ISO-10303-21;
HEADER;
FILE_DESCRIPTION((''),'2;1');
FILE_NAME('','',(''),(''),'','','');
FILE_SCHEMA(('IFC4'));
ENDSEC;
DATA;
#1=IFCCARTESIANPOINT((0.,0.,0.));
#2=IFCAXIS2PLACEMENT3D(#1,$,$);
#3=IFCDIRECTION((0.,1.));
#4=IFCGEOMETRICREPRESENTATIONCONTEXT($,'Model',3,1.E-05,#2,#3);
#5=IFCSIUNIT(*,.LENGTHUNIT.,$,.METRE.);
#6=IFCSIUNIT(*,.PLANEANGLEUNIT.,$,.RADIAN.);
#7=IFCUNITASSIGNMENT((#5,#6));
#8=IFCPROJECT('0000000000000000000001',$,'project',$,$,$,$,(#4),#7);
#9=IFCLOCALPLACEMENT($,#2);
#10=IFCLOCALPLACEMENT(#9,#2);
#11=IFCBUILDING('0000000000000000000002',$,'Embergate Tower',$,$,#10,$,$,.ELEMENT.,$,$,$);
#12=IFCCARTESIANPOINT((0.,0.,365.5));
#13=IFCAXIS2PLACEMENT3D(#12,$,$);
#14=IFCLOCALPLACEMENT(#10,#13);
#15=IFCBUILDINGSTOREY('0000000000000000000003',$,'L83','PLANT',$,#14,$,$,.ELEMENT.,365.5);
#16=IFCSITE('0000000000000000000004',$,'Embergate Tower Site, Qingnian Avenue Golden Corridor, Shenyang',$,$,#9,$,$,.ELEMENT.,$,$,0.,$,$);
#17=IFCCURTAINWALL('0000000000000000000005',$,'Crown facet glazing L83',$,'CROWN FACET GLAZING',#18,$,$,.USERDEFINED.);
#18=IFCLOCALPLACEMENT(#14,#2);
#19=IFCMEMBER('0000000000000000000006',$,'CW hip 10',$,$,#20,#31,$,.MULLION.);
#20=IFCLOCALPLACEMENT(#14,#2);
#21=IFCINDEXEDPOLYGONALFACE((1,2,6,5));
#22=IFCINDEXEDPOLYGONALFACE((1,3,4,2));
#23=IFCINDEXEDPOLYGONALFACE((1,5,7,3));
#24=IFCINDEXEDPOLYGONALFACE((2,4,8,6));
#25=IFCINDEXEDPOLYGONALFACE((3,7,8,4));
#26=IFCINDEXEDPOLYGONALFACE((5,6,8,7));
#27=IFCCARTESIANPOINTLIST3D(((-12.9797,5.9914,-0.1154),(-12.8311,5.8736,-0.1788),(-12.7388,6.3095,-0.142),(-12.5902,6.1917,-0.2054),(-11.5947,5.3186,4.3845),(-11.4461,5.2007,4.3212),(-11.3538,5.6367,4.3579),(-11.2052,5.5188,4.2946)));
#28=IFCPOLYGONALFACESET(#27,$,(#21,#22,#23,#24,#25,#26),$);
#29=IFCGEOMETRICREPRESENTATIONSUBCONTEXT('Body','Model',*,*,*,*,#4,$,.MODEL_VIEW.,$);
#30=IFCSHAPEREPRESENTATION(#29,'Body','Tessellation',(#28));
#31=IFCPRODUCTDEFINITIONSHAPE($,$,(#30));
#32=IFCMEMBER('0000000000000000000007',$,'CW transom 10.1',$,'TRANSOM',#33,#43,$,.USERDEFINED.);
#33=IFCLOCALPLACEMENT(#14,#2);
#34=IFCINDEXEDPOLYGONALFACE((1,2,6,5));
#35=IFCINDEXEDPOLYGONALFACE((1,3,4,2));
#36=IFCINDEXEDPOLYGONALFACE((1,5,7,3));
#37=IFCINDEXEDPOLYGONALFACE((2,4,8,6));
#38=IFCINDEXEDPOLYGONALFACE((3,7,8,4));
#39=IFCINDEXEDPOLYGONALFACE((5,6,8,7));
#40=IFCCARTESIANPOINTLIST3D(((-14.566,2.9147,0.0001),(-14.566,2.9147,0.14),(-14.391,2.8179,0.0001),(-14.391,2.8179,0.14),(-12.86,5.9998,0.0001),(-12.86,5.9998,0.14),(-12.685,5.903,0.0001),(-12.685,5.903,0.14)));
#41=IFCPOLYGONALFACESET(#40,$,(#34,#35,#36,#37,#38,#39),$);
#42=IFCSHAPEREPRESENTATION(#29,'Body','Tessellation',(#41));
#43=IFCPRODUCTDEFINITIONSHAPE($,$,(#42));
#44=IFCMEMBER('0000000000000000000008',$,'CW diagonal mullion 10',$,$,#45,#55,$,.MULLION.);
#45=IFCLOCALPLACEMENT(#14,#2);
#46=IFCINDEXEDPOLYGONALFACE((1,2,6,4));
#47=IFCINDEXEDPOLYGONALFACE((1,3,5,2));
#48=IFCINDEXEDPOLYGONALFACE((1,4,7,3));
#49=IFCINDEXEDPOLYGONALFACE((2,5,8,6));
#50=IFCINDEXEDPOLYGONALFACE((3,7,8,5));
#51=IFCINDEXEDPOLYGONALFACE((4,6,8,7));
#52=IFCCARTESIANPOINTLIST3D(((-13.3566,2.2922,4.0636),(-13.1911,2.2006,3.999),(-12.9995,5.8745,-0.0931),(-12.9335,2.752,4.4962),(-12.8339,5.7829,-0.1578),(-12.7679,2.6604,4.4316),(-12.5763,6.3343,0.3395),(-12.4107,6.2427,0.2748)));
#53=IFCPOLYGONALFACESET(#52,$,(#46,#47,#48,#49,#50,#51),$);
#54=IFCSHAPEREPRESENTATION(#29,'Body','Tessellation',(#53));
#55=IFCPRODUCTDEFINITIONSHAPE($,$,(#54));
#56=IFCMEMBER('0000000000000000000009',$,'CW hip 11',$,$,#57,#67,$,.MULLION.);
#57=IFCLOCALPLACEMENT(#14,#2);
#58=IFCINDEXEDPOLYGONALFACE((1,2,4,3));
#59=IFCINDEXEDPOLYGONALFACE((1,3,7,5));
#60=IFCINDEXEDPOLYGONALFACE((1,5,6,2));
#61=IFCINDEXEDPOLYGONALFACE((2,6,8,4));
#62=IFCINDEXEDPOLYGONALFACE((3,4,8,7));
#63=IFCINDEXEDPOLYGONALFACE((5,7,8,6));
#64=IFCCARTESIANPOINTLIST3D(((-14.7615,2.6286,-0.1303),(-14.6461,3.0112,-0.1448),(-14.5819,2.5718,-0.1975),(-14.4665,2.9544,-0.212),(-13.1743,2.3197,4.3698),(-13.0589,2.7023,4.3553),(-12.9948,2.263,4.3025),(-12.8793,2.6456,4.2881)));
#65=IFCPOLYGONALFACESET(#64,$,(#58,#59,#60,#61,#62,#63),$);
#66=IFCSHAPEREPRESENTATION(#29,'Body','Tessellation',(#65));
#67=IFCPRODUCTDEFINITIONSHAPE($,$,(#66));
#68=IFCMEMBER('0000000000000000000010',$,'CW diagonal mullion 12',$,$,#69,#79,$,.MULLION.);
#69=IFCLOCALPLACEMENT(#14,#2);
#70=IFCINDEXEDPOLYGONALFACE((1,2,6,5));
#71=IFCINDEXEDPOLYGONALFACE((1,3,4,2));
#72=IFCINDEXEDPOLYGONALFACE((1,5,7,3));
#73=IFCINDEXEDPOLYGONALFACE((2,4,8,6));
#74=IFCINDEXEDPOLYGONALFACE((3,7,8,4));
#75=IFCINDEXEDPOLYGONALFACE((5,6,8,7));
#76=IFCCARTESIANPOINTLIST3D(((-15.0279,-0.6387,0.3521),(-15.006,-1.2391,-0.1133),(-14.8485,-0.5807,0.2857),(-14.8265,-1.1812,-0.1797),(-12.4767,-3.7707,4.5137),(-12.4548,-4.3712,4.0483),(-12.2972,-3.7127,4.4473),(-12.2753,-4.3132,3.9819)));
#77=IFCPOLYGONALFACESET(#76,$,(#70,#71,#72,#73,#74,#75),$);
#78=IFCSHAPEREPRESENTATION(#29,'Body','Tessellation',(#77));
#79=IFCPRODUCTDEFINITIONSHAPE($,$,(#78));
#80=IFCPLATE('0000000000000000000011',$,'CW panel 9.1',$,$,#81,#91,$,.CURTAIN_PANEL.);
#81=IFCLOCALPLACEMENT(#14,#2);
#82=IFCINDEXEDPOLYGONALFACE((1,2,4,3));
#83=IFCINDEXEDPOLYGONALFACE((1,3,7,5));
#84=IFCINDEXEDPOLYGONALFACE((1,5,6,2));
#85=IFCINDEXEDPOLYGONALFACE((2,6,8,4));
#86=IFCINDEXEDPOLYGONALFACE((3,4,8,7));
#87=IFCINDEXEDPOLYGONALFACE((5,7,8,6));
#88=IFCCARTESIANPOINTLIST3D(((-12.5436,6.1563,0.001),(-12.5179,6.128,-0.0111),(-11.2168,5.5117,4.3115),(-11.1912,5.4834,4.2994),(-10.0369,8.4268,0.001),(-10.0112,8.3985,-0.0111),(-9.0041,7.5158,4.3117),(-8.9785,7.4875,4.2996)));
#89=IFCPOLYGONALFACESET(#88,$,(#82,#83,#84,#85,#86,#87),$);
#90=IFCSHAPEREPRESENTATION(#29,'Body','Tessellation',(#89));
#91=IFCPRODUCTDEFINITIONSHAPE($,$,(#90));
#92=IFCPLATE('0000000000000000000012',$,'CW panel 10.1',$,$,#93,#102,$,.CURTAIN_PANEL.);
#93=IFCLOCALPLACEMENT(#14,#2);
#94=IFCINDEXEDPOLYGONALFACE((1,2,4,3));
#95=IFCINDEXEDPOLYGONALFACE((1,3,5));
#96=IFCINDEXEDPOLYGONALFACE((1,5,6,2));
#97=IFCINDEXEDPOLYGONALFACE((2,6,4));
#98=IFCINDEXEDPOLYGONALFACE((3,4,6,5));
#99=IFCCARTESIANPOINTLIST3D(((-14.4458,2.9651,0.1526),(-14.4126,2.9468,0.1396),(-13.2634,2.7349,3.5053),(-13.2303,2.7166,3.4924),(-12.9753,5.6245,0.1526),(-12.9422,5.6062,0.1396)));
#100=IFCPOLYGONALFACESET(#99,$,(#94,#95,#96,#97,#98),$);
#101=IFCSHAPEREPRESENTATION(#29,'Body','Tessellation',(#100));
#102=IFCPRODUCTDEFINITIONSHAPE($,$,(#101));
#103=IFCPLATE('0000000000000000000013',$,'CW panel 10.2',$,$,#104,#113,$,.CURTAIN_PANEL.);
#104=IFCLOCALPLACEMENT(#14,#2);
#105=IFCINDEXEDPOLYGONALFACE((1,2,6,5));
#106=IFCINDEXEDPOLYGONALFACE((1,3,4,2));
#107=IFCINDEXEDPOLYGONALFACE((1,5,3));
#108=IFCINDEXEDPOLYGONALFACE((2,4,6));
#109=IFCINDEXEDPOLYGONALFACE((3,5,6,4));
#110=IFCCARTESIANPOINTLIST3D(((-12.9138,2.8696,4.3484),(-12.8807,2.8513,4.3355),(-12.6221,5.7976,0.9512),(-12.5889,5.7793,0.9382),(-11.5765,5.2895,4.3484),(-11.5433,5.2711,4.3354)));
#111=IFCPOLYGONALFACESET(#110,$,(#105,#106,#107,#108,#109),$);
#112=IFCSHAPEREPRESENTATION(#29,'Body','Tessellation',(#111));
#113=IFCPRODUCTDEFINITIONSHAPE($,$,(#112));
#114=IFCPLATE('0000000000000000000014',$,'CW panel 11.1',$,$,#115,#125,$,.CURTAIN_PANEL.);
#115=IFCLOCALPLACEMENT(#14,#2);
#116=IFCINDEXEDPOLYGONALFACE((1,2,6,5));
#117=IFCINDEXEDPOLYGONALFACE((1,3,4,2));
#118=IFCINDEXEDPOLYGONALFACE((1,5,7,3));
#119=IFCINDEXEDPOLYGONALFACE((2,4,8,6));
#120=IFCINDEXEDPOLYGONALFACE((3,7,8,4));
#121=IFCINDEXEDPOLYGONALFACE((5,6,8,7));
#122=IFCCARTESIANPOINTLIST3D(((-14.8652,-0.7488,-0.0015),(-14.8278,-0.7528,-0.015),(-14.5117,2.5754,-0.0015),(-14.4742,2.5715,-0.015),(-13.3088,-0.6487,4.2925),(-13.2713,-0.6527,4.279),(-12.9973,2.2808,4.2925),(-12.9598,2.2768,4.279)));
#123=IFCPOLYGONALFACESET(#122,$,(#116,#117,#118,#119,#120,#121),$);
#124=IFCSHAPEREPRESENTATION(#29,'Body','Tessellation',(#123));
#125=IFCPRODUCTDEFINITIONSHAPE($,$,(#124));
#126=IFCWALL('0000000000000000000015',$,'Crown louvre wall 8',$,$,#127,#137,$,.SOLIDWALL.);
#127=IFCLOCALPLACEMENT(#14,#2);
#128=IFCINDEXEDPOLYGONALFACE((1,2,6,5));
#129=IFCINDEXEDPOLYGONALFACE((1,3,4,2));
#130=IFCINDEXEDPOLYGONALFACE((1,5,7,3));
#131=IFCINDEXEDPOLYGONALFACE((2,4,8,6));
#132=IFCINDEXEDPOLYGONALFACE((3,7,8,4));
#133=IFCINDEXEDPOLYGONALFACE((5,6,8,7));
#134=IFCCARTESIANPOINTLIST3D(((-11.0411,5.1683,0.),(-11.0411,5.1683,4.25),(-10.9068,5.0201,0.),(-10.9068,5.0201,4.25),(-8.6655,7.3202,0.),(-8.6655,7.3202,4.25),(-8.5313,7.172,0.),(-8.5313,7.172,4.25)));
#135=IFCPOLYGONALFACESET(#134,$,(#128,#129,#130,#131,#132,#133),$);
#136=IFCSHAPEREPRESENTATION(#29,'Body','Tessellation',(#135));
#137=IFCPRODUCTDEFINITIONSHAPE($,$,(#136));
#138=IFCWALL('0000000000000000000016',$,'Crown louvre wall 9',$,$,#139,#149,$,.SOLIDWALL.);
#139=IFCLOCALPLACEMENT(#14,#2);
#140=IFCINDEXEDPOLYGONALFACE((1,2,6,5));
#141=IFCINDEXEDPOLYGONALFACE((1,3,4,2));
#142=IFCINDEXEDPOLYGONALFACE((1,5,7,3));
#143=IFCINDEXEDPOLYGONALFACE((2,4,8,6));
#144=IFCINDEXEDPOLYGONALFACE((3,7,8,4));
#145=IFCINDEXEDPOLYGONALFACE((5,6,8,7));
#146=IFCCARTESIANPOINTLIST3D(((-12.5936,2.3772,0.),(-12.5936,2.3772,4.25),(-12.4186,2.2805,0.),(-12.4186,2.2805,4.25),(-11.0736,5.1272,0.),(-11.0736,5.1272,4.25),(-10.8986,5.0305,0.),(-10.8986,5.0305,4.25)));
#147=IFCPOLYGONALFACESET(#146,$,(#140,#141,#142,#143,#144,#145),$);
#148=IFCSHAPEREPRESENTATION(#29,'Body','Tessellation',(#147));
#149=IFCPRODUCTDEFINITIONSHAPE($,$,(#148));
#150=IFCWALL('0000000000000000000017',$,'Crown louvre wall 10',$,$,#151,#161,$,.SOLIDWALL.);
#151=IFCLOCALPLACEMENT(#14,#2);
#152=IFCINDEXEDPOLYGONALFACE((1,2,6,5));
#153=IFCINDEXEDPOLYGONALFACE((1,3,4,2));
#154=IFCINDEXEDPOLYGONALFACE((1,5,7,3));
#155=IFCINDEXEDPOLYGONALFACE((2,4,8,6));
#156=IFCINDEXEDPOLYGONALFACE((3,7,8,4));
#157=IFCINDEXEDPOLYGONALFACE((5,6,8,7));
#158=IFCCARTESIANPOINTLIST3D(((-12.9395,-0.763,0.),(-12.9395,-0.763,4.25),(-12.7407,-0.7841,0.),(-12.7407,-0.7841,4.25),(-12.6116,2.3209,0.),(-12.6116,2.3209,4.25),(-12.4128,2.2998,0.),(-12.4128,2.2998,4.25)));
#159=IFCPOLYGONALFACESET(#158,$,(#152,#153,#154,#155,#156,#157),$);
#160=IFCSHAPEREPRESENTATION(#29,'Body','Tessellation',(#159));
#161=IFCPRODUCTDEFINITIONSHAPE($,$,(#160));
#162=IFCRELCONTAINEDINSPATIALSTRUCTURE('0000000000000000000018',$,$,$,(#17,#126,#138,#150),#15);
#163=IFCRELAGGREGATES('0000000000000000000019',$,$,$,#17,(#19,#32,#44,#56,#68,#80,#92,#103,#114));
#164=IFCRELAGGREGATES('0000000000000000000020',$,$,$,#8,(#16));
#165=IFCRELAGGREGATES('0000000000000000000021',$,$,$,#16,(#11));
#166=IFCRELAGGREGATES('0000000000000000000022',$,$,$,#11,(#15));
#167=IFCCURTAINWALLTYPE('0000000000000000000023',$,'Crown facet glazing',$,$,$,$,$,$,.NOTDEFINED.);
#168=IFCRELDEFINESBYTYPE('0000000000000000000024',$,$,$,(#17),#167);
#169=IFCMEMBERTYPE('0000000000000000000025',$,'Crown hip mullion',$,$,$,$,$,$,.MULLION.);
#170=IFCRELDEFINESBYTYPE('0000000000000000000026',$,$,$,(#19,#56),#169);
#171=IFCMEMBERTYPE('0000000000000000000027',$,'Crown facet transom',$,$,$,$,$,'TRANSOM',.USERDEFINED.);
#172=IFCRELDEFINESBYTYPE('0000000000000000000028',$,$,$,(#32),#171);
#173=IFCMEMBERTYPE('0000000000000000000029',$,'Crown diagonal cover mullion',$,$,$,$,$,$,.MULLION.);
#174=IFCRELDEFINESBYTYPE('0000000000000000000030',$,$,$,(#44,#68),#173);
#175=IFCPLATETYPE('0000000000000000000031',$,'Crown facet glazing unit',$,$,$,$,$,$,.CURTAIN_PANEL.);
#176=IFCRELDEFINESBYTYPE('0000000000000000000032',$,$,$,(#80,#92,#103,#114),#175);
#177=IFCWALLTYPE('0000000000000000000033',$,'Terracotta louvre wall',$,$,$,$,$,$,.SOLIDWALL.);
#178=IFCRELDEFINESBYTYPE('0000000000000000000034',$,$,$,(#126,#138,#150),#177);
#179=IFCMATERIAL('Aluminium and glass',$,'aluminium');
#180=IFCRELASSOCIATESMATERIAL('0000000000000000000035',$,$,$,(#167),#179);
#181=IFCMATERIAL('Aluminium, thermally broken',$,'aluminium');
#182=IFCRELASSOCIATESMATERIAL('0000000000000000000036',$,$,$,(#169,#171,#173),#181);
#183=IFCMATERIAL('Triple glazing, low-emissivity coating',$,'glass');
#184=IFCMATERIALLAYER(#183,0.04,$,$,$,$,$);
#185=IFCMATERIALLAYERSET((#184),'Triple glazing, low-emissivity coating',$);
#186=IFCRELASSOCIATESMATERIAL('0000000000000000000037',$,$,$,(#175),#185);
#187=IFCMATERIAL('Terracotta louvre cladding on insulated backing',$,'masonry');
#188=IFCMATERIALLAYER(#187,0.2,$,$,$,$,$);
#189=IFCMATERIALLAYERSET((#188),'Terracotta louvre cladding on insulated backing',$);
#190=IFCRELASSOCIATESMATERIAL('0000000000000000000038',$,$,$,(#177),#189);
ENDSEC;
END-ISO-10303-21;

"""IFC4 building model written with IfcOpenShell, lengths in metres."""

from ifc_helpers import new_model, si_unit, direction, frame, frame_2d, origin, origin_2d, place, context, subcontext, project, spatial, polyline, rectangle, outline, extrude, source, transform, mapped, material, layer, layer_set, material_profile, profile_set, type_object, element, aggregate, save


model = new_model("IFC4")

# Units and contexts
model_context = context("Model", 3, precision=1e-05, world=origin(), true_north=direction((0.0, 1.0)))
body_context = subcontext(model_context, "Body", "Model", "MODEL_VIEW")
ifc_project = project(units=[si_unit("LENGTHUNIT", "METRE"), si_unit("PLANEANGLEUNIT", "RADIAN")], contexts=[model_context])

# Site, building, storey
site_placement = place(None, origin())
site = spatial("IfcSite", under=ifc_project, at=site_placement, Name="Embergate Tower Site, Qingnian Avenue Golden Corridor, Shenyang", CompositionType="ELEMENT", RefElevation=0.0)
building_placement = place(site_placement, origin())
building = spatial("IfcBuilding", under=site, at=building_placement, Name="Embergate Tower", CompositionType="ELEMENT")
storey_placement = place(building_placement, frame((0.0, 0.0, 365.5)))
storey = spatial("IfcBuildingStorey", under=building, at=storey_placement, Name="L83", Description="PLANT", CompositionType="ELEMENT", Elevation=365.5)

# Curtain wall, members, plates
ifc_material_1 = material(Name="Aluminium and glass", Category="aluminium")
curtain_wall_type = type_object("IfcCurtainWallType", Name="Crown facet glazing", PredefinedType="NOTDEFINED", material=ifc_material_1)
curtain_wall_placement = place(storey_placement, origin())
curtain_wall = element("IfcCurtainWall", 1, at=curtain_wall_placement, inside=storey, type_object=curtain_wall_type, Name="Crown facet glazing L83", ObjectType="CROWN FACET GLAZING", PredefinedType="USERDEFINED")
ifc_material_2 = material(Name="Aluminium, thermally broken", Category="aluminium")
ifc_material_profile_1 = material_profile(ifc_material_2, rectangle(XDim=0.2, YDim=0.3999, at=origin_2d()), Name="AL 400x200")
ifc_profile_set_1 = profile_set([ifc_material_profile_1], Name="Aluminium, thermally broken")
member_type_1 = type_object("IfcMemberType", Name="Crown hip mullion", PredefinedType="MULLION", material=ifc_profile_set_1)
shared_shape_1 = source(origin(), body_context, "Body", "SweptSolid", [
    extrude(rectangle(XDim=0.2, YDim=0.3999, at=origin_2d()), origin(), (0.0, 0.0, 1.0), 4.7561),
])
member_1_placement = place(storey_placement, frame((-12.7849, 6.0916, -0.1604), z_axis=(0.291204, -0.14147, 0.946143), x_axis=(-0.743159, 0.58934, 0.316849)))
member_1 = element("IfcMember", 2, at=member_1_placement, type_object=member_type_1, Name="CW hip 10", PredefinedType="MULLION", context=body_context, shape_type="MappedRepresentation", body=[
    mapped(shared_shape_1, transform((0.0, 0.0, 0.0))),
])
ifc_material_profile_2 = material_profile(ifc_material_2, rectangle(XDim=0.2, YDim=0.1399, at=origin_2d()), Name="AL 140x200")
ifc_profile_set_2 = profile_set([ifc_material_profile_2], Name="Aluminium, thermally broken")
member_type_2 = type_object("IfcMemberType", Name="Crown facet transom", ElementType="TRANSOM", PredefinedType="USERDEFINED", material=ifc_profile_set_2)
shared_shape_2 = source(origin(), body_context, "Body", "SweptSolid", [
    extrude(rectangle(XDim=0.2, YDim=0.1399, at=origin_2d()), origin(), (0.0, 0.0, 1.0), 3.5254),
])
member_2_placement = place(storey_placement, frame((-12.7725, 5.9514, 0.0701), z_axis=(-0.483919, -0.875113, 0.0), x_axis=(0.875113, -0.483919, 0.0)))
member_2 = element("IfcMember", 3, at=member_2_placement, type_object=member_type_2, Name="CW transom 10.1", ObjectType="TRANSOM", PredefinedType="USERDEFINED", context=body_context, shape_type="MappedRepresentation", body=[
    mapped(shared_shape_2, transform((0.0, 0.0, 0.0))),
])
ifc_material_profile_3 = material_profile(ifc_material_2, rectangle(XDim=0.2, YDim=0.76, at=origin_2d()), Name="AL 760x200")
ifc_profile_set_3 = profile_set([ifc_material_profile_3], Name="Aluminium, thermally broken")
member_type_3 = type_object("IfcMemberType", Name="Crown diagonal cover mullion", PredefinedType="MULLION", material=ifc_profile_set_3)
shared_shape_3 = source(origin(), body_context, "Body", "SweptSolid", [
    extrude(rectangle(XDim=0.2, YDim=0.76, at=origin_2d()), origin(), (0.0, 0.0, 1.0), 5.499),
])
member_3_placement = place(storey_placement, frame((-12.7051, 6.0586, 0.0908), z_axis=(-0.064953, -0.651444, 0.755911), x_axis=(-0.828102, 0.457864, 0.323431)))
member_3 = element("IfcMember", 4, at=member_3_placement, type_object=member_type_3, Name="CW diagonal mullion 10", PredefinedType="MULLION", context=body_context, shape_type="MappedRepresentation", body=[
    mapped(shared_shape_3, transform((0.0, 0.0, 0.0))),
])
shared_shape_4 = source(origin(), body_context, "Body", "SweptSolid", [
    extrude(rectangle(XDim=0.2, YDim=0.3999, at=origin_2d()), origin(), (0.0, 0.0, 1.0), 4.7817),
])
member_4_placement = place(storey_placement, frame((-14.614, 2.7915, -0.1711), z_axis=(0.331925, -0.064588, 0.941092), x_axis=(-0.898052, 0.283661, 0.336212)))
member_4 = element("IfcMember", 5, at=member_4_placement, type_object=member_type_1, Name="CW hip 11", PredefinedType="MULLION", context=body_context, shape_type="MappedRepresentation", body=[
    mapped(shared_shape_4, transform((0.0, 0.0, 0.0))),
])
shared_shape_5 = source(origin(), body_context, "Body", "SweptSolid", [
    extrude(rectangle(XDim=0.2, YDim=0.76, at=origin_2d()), origin(), (0.0, 0.0, 1.0), 5.7998),
])
member_5_placement = place(storey_placement, frame((-14.9272, -0.9099, 0.0862), z_axis=(0.439887, -0.54003, 0.717542), x_axis=(-0.897589, -0.290053, 0.331968)))
member_5 = element("IfcMember", 6, at=member_5_placement, type_object=member_type_3, Name="CW diagonal mullion 12", PredefinedType="MULLION", context=body_context, shape_type="MappedRepresentation", body=[
    mapped(shared_shape_5, transform((0.0, 0.0, 0.0))),
])
ifc_material_3 = material(Name="Triple glazing, low-emissivity coating", Category="glass")
ifc_layer_1 = layer(ifc_material_3, 0.04)
ifc_layer_set_1 = layer_set([ifc_layer_1], Name="Triple glazing, low-emissivity coating")
plate_type = type_object("IfcPlateType", Name="Crown facet glazing unit", PredefinedType="CURTAIN_PANEL", material=ifc_layer_set_1)
shared_shape_6 = source(origin(), body_context, "Body", "SweptSolid", [
    extrude(outline(polyline([(0.0, 0.0), (3.3821, 0.0), (2.8315, 4.5225), (-0.1538, 4.5227), (0.0, 0.0)])), origin(), (0.0, 0.0, -1.0), 0.04),
])
plate_1_placement = place(storey_placement, frame((-10.0369, 8.4268, 0.001), z_axis=(-0.639844, 0.70643, 0.302583), x_axis=(-0.741172, -0.671316, 0.000011)))
plate_1 = element("IfcPlate", 7, at=plate_1_placement, type_object=plate_type, Name="CW panel 9.1", PredefinedType="CURTAIN_PANEL", context=body_context, shape_type="MappedRepresentation", body=[
    mapped(shared_shape_6, transform((0.0, 0.0, 0.0))),
])
shared_shape_7 = source(origin(), body_context, "Body", "SweptSolid", [
    extrude(outline(polyline([(0.0, 0.0), (3.0388, 0.0), (2.6682, 3.5432), (0.0, 0.0)])), origin(), (0.0, 0.0, -1.0), 0.04),
])
plate_2_placement = place(storey_placement, frame((-12.9753, 5.6245, 0.1526), z_axis=(-0.828085, 0.457868, 0.323468), x_axis=(-0.483882, -0.875133, 0.0)))
plate_2 = element("IfcPlate", 8, at=plate_2_placement, type_object=plate_type, Name="CW panel 10.1", PredefinedType="CURTAIN_PANEL", context=body_context, shape_type="MappedRepresentation", body=[
    mapped(shared_shape_7, transform((0.0, 0.0, 0.0))),
])
shared_shape_8 = source(origin(), body_context, "Body", "SweptSolid", [
    extrude(outline(polyline([(0.0, 0.0), (4.4944, 0.0), (2.8311, 2.2085), (0.0, 0.0)])), origin(), (0.0, 0.0, -1.0), 0.04),
])
plate_3_placement = place(storey_placement, frame((-12.6221, 5.7976, 0.9512), z_axis=(-0.828205, 0.457719, 0.323372), x_axis=(-0.064914, -0.651479, 0.755885)))
plate_3 = element("IfcPlate", 9, at=plate_3_placement, type_object=plate_type, Name="CW panel 10.2", PredefinedType="CURTAIN_PANEL", context=body_context, shape_type="MappedRepresentation", body=[
    mapped(shared_shape_8, transform((0.0, 0.0, 0.0))),
])
shared_shape_9 = source(origin(), body_context, "Body", "SweptSolid", [
    extrude(outline(polyline([(0.0, 0.0), (3.343, 0.0), (3.0789, 4.5608), (0.1328, 4.5608), (0.0, 0.0)])), origin(), (0.0, 0.0, -1.0), 0.04),
])
plate_4_placement = place(storey_placement, frame((-14.5117, 2.5754, -0.0015), z_axis=(-0.936218, 0.099561, 0.337022), x_axis=(-0.105748, -0.994393, 0.0)))
plate_4 = element("IfcPlate", 10, at=plate_4_placement, type_object=plate_type, Name="CW panel 11.1", PredefinedType="CURTAIN_PANEL", context=body_context, shape_type="MappedRepresentation", body=[
    mapped(shared_shape_9, transform((0.0, 0.0, 0.0))),
])
aggregate(curtain_wall, [member_1, member_2, member_3, member_4, member_5, plate_1, plate_2, plate_3, plate_4])

# Walls
ifc_material_4 = material(Name="Terracotta louvre cladding on insulated backing", Category="masonry")
ifc_layer_2 = layer(ifc_material_4, 0.2)
ifc_layer_set_2 = layer_set([ifc_layer_2], Name="Terracotta louvre cladding on insulated backing")
wall_type = type_object("IfcWallType", Name="Terracotta louvre wall", PredefinedType="SOLIDWALL", material=ifc_layer_set_2)
shared_shape_10 = source(origin(), body_context, "Body", "SweptSolid", [
    extrude(rectangle(XDim=3.2053, YDim=0.2, at=frame_2d((1.6025, 0.0))), origin(), (0.0, 0.0, 1.0), 4.25),
])
wall_1_placement = place(storey_placement, frame((-10.9739, 5.0942, 0.0), z_axis=(0.0, 0.0, 1.0), x_axis=(0.741131, 0.67136, 0.0)))
element("IfcWall", 11, at=wall_1_placement, inside=storey, type_object=wall_type, Name="Crown louvre wall 8", PredefinedType="SOLIDWALL", context=body_context, shape_type="MappedRepresentation", body=[
    mapped(shared_shape_10, transform((0.0, 0.0, 0.0))),
])
shared_shape_11 = source(origin(), body_context, "Body", "SweptSolid", [
    extrude(rectangle(XDim=3.1421, YDim=0.2, at=frame_2d((1.571, 0.0))), origin(), (0.0, 0.0, 1.0), 4.25),
])
wall_2_placement = place(storey_placement, frame((-12.5061, 2.3289, 0.0), z_axis=(0.0, 0.0, 1.0), x_axis=(0.483755, 0.875203, 0.0)))
element("IfcWall", 12, at=wall_2_placement, inside=storey, type_object=wall_type, Name="Crown louvre wall 9", PredefinedType="SOLIDWALL", context=body_context, shape_type="MappedRepresentation", body=[
    mapped(shared_shape_11, transform((0.0, 0.0, 0.0))),
])
shared_shape_12 = source(origin(), body_context, "Body", "SweptSolid", [
    extrude(rectangle(XDim=3.1013, YDim=0.2, at=frame_2d((1.5508, 0.0))), origin(), (0.0, 0.0, 1.0), 4.25),
])
wall_3_placement = place(storey_placement, frame((-12.8401, -0.7737, 0.0), z_axis=(0.0, 0.0, 1.0), x_axis=(0.105721, 0.994396, 0.0)))
element("IfcWall", 13, at=wall_3_placement, inside=storey, type_object=wall_type, Name="Crown louvre wall 10", PredefinedType="SOLIDWALL", context=body_context, shape_type="MappedRepresentation", body=[
    mapped(shared_shape_12, transform((0.0, 0.0, 0.0))),
])

save(model, "model.ifc")
